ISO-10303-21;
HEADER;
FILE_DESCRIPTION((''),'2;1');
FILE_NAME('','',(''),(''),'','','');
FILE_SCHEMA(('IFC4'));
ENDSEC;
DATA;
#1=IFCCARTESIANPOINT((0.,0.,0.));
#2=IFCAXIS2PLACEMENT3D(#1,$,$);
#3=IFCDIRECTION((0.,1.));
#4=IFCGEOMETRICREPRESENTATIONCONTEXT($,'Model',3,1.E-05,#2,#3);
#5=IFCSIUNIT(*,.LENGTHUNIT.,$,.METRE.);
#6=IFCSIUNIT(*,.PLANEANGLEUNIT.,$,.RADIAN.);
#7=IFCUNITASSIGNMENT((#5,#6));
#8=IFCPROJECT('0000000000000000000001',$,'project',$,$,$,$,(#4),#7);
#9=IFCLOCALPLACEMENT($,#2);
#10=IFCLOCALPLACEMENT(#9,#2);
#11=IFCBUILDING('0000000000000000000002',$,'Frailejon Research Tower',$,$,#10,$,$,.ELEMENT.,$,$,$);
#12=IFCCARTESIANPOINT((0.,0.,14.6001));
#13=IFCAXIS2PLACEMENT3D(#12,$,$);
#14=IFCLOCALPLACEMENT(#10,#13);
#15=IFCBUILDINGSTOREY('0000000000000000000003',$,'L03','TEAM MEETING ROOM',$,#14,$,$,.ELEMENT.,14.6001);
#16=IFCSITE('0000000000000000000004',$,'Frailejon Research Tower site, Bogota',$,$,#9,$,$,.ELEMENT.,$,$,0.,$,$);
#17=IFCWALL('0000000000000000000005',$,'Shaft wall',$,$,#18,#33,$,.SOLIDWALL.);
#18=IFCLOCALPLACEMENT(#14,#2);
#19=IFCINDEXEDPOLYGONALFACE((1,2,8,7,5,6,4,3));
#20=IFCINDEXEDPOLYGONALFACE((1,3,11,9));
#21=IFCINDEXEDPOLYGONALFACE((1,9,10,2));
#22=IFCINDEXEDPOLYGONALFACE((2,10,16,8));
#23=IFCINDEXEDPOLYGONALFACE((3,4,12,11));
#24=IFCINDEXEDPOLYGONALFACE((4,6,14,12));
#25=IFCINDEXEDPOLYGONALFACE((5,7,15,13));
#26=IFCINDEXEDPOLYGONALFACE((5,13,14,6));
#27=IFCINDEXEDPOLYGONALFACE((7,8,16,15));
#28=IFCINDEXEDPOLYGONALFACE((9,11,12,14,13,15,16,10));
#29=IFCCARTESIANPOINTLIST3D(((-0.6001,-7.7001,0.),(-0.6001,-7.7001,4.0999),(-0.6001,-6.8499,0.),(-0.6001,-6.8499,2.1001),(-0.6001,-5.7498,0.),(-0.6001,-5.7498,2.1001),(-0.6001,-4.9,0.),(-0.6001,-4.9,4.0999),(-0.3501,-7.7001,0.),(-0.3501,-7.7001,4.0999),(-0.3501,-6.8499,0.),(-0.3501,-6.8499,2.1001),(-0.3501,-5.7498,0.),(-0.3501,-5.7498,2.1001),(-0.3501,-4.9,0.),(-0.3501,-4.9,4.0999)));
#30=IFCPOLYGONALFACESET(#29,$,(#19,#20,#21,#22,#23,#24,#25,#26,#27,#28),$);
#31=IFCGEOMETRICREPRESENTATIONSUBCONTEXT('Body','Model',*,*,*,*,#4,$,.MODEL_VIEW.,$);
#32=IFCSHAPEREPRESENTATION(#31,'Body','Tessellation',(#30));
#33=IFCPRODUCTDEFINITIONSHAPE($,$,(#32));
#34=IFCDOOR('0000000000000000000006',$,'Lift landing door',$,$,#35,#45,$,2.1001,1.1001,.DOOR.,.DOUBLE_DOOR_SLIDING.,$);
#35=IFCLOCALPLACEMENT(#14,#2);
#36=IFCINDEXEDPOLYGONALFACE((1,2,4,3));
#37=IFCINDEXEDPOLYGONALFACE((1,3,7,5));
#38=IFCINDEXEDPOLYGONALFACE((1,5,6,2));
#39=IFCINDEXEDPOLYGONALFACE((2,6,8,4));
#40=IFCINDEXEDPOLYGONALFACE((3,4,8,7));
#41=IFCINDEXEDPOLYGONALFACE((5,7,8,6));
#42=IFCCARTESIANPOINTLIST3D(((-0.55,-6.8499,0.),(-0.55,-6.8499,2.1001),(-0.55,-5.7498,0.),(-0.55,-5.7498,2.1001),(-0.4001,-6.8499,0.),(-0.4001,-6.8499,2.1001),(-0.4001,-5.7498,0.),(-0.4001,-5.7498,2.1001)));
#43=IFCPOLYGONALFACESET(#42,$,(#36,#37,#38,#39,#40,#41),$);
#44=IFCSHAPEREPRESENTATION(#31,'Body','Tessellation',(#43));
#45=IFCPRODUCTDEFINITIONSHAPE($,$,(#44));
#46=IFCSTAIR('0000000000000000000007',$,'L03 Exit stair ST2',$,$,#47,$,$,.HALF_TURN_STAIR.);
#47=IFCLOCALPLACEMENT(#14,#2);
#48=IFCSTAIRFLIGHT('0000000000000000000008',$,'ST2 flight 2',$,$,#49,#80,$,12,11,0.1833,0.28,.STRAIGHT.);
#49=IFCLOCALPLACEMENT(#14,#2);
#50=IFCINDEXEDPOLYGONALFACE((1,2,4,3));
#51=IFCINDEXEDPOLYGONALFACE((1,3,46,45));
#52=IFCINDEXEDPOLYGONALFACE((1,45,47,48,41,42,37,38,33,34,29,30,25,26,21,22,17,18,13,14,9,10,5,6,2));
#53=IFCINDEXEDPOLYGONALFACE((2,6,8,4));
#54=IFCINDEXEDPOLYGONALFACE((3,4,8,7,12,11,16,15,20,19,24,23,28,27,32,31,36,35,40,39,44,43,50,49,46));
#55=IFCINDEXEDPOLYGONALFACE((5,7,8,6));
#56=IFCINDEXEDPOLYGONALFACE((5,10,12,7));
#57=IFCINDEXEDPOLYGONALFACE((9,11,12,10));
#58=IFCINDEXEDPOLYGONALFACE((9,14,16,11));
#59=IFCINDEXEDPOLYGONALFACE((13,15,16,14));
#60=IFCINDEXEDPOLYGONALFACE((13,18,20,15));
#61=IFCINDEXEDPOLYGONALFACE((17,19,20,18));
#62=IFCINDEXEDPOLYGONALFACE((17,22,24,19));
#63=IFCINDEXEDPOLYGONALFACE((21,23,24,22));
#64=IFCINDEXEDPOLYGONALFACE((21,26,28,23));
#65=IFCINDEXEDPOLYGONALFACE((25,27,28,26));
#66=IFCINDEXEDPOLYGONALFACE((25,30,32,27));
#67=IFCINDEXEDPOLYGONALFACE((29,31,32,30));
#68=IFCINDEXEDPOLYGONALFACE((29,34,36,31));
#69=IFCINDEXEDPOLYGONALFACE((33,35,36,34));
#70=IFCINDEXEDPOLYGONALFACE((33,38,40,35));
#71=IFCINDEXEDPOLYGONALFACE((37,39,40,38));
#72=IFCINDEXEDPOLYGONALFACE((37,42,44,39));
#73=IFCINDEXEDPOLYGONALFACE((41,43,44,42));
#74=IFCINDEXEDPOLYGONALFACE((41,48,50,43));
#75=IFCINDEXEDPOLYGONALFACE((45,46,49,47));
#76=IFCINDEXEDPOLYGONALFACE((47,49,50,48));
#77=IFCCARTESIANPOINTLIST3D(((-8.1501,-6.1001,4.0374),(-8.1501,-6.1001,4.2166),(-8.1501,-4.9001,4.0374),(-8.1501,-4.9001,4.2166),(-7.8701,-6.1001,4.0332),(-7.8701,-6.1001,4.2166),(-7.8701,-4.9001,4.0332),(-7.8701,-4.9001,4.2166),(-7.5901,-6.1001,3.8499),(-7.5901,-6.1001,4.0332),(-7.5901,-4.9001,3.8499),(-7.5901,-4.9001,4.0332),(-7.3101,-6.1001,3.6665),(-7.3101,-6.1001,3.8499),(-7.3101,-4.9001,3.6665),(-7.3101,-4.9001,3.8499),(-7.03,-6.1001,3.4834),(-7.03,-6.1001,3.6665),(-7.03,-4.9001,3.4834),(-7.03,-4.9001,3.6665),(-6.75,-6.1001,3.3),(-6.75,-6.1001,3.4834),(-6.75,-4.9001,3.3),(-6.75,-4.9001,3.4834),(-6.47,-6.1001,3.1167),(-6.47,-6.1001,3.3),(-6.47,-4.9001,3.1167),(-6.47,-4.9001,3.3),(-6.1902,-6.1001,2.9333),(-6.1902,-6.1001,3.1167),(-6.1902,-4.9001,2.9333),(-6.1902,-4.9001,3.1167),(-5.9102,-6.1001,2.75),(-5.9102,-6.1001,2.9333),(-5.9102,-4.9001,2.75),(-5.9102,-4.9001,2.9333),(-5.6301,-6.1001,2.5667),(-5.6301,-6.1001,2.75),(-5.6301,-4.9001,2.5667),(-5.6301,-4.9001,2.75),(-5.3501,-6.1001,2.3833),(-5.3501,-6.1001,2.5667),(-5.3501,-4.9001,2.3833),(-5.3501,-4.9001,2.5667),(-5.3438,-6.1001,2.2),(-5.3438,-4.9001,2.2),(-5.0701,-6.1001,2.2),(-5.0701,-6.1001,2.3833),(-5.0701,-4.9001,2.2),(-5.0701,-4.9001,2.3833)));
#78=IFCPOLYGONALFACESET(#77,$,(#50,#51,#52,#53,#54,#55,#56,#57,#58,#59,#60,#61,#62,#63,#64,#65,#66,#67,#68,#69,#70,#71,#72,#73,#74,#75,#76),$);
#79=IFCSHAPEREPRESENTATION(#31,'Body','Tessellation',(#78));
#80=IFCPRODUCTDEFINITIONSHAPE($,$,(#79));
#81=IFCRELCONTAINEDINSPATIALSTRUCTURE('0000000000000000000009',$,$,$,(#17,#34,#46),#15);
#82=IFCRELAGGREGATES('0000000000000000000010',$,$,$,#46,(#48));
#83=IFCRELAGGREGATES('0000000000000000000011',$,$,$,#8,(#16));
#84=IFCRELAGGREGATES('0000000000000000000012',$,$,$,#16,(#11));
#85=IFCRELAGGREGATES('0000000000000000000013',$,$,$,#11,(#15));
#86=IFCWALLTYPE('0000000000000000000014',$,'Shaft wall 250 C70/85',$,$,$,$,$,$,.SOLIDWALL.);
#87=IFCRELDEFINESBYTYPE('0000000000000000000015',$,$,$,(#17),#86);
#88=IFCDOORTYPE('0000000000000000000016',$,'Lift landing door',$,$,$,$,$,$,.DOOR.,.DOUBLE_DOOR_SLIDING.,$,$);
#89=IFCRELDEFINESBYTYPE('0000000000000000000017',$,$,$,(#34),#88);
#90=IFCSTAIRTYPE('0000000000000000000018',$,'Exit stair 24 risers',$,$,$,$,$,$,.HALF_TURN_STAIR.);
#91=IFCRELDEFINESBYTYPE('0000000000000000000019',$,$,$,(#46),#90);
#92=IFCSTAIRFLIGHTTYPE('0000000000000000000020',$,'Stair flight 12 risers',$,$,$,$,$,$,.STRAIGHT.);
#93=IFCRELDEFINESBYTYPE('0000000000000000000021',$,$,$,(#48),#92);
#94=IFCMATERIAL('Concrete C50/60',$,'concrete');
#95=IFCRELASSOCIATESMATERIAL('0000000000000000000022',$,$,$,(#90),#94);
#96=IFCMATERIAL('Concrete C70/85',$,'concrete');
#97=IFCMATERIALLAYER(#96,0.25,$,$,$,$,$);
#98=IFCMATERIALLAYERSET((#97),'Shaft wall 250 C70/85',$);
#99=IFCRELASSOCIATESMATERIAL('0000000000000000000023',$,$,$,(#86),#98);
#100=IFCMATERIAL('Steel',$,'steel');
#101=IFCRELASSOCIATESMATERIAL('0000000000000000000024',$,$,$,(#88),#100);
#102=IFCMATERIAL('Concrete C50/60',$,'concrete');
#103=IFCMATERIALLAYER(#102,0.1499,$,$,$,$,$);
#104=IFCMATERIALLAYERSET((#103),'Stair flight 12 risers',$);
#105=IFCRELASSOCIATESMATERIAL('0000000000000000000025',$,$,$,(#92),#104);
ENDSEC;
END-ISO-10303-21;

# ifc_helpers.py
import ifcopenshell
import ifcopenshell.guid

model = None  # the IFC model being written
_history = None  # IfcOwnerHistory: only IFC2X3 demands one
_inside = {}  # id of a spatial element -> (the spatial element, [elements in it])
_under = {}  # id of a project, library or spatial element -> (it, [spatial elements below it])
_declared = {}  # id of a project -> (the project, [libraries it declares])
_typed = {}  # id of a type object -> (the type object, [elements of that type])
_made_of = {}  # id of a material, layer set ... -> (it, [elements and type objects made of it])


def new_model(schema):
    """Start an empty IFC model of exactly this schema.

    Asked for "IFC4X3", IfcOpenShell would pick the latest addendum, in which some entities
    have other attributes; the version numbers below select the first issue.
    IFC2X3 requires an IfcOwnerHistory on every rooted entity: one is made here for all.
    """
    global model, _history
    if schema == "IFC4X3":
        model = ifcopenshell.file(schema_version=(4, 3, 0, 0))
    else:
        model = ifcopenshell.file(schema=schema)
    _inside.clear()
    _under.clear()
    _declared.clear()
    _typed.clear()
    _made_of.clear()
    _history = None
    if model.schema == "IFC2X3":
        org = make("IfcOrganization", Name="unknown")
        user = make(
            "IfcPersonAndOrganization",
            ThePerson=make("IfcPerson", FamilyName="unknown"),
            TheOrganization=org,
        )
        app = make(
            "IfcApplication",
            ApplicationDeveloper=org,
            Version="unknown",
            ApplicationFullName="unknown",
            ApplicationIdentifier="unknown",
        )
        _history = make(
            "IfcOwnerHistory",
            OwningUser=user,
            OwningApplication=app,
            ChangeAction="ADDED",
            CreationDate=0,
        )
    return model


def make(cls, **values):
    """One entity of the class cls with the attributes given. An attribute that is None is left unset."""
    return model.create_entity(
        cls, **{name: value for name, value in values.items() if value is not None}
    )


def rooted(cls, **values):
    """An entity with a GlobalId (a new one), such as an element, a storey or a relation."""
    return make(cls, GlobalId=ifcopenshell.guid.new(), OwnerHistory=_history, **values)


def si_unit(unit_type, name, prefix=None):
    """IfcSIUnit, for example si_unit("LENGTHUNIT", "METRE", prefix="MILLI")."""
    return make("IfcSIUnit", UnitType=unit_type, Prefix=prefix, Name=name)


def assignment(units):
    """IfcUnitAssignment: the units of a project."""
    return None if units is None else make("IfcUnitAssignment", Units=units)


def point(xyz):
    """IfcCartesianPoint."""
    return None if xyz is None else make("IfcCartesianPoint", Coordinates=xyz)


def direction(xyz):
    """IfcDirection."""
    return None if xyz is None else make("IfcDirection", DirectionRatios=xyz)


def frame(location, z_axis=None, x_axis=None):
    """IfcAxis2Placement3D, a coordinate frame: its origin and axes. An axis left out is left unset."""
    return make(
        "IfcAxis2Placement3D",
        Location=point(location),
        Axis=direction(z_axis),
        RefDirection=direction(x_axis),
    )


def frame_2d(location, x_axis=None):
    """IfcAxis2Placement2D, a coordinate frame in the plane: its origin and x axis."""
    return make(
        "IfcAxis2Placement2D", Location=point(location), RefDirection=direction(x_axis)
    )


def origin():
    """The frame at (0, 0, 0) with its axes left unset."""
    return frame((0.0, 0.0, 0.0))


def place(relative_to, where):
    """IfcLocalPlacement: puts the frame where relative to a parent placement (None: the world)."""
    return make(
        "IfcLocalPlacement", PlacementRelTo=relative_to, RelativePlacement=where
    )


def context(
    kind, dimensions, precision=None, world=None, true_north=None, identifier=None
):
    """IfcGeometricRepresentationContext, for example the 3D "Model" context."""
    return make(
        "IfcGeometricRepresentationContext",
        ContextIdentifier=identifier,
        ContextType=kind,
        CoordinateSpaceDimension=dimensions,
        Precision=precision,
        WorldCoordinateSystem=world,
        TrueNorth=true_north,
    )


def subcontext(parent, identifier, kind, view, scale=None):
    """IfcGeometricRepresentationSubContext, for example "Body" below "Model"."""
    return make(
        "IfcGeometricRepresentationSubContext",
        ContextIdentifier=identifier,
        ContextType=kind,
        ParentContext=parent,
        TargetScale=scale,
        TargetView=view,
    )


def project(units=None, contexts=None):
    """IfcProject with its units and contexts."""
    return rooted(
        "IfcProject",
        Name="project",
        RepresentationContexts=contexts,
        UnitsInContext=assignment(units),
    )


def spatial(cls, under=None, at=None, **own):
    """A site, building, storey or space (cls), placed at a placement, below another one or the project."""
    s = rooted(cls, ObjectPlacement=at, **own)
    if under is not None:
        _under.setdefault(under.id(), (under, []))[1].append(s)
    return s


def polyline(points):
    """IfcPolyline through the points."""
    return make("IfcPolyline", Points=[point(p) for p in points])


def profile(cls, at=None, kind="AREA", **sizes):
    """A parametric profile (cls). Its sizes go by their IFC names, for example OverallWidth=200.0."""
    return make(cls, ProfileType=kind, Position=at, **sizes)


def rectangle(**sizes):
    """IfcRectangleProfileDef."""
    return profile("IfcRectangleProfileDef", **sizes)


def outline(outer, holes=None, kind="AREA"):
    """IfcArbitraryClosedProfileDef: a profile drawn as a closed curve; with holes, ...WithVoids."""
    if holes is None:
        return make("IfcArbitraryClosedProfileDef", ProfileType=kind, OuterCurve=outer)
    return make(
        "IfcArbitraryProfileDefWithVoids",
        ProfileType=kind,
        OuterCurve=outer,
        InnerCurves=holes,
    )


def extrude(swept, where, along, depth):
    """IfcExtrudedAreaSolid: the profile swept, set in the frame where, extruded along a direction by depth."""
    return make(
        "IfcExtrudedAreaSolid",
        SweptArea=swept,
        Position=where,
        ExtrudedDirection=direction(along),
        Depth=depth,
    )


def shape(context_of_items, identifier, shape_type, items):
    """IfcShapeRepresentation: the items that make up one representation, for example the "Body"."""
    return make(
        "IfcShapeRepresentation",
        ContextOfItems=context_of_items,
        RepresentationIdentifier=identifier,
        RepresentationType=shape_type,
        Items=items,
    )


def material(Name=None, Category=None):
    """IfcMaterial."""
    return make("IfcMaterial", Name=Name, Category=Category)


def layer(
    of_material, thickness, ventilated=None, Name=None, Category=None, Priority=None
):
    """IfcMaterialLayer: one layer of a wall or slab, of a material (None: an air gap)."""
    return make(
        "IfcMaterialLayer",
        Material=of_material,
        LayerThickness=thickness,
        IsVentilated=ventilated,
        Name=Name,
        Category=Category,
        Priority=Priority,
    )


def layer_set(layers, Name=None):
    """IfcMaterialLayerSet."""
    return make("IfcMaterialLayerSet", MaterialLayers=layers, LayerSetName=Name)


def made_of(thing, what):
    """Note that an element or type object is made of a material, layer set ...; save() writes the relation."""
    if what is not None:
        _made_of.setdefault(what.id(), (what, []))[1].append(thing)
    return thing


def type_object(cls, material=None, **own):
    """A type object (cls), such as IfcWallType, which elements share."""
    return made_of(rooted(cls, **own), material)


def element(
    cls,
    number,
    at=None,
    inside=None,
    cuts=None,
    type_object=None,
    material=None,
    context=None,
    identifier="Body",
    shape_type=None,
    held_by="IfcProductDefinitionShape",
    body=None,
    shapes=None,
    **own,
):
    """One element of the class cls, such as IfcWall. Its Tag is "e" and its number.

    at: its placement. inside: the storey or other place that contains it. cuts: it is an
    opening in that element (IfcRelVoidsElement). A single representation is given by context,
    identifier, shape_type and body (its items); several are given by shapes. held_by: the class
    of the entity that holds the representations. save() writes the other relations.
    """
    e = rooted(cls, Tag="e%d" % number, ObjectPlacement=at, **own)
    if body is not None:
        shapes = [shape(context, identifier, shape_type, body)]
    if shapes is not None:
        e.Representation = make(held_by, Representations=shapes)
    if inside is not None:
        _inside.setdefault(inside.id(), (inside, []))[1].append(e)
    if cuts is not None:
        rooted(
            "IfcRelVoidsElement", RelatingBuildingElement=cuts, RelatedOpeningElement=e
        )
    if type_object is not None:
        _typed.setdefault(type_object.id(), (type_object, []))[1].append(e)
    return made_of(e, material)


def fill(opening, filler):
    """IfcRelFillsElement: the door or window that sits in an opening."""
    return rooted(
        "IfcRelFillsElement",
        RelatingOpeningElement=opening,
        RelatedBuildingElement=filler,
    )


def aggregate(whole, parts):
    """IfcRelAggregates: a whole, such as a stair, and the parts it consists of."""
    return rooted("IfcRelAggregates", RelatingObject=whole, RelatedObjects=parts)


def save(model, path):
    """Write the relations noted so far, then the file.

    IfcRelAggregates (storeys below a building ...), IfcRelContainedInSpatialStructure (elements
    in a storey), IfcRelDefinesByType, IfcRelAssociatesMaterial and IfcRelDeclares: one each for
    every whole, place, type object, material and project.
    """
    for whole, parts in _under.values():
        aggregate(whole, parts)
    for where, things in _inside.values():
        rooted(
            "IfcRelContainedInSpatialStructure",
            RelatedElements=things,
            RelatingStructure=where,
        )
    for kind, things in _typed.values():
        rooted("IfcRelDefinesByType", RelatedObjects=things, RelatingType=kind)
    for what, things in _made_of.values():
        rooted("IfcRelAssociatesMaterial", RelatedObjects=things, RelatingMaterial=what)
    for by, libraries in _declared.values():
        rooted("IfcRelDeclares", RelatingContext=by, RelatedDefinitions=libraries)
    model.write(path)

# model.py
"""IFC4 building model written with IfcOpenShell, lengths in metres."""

from ifc_helpers import new_model, si_unit, direction, frame, frame_2d, origin, place, context, subcontext, project, spatial, polyline, rectangle, outline, extrude, material, layer, layer_set, type_object, element, fill, aggregate, save


model = new_model("IFC4")

# Units and contexts
model_context = context("Model", 3, precision=1e-05, world=origin(), true_north=direction((0.0, 1.0)))
body_context = subcontext(model_context, "Body", "Model", "MODEL_VIEW")
ifc_project = project(units=[si_unit("LENGTHUNIT", "METRE"), si_unit("PLANEANGLEUNIT", "RADIAN")], contexts=[model_context])

# Site, building, storey
site_placement = place(None, origin())
site = spatial("IfcSite", under=ifc_project, at=site_placement, Name="Frailejon Research Tower site, Bogota", CompositionType="ELEMENT", RefElevation=0.0)
building_placement = place(site_placement, origin())
building = spatial("IfcBuilding", under=site, at=building_placement, Name="Frailejon Research Tower", CompositionType="ELEMENT")
storey_placement = place(building_placement, frame((0.0, 0.0, 14.6001)))
storey = spatial("IfcBuildingStorey", under=building, at=storey_placement, Name="L03", Description="TEAM MEETING ROOM", CompositionType="ELEMENT", Elevation=14.6001)

# Shared definitions
ifc_material_1 = material(Name="Concrete C50/60", Category="concrete")
stair_type = type_object("IfcStairType", Name="Exit stair 24 risers", PredefinedType="HALF_TURN_STAIR", material=ifc_material_1)

# Shared definitions
ifc_material_2 = material(Name="Concrete C70/85", Category="concrete")
ifc_layer_1 = layer(ifc_material_2, 0.25)
ifc_layer_set_1 = layer_set([ifc_layer_1], Name="Shaft wall 250 C70/85")
wall_type_1 = type_object("IfcWallType", Name="Shaft wall 250 C70/85", PredefinedType="SOLIDWALL", material=ifc_layer_set_1)

# Wall, opening, door
wall_1_placement = place(storey_placement, frame((-0.4751, -7.7, 0.0), z_axis=(0.0, 0.0, 1.0), x_axis=(0.0, 1.0, 0.0)))
wall_1 = element("IfcWall", 1, at=wall_1_placement, inside=storey, type_object=wall_type_1, Name="Shaft wall", PredefinedType="SOLIDWALL", context=body_context, shape_type="SweptSolid", body=[
    extrude(rectangle(XDim=2.8, YDim=0.25, at=frame_2d((1.3999, 0.0))), origin(), (0.0, 0.0, 1.0), 4.0999),
])
opening_placement = place(wall_1_placement, frame((0.8501, 0.0, 0.0)))
opening = element("IfcOpeningElement", 2, at=opening_placement, cuts=wall_1, PredefinedType="OPENING", context=body_context, shape_type="SweptSolid", body=[
    extrude(rectangle(XDim=1.1001, YDim=2.1001, at=frame_2d((0.55, 1.05))), frame((0.0, 0.135, 0.0), z_axis=(0.0, -1.0, 0.0), x_axis=(1.0, 0.0, 0.0)), (0.0, 0.0, 1.0), 0.27),
])
ifc_material_3 = material(Name="Steel", Category="steel")
door_type = type_object("IfcDoorType", Name="Lift landing door", OperationType="DOUBLE_DOOR_SLIDING", PredefinedType="DOOR", material=ifc_material_3)
door_placement = place(opening_placement, origin())
door = element("IfcDoor", 3, at=door_placement, inside=storey, type_object=door_type, Name="Lift landing door", OperationType="DOUBLE_DOOR_SLIDING", OverallHeight=2.1001, OverallWidth=1.1001, PredefinedType="DOOR", context=body_context, shape_type="SweptSolid", body=[
    extrude(rectangle(XDim=1.1001, YDim=2.1001, at=frame_2d((0.55, 1.05))), frame((0.0, 0.075, 0.0), z_axis=(0.0, -1.0, 0.0), x_axis=(1.0, 0.0, 0.0)), (0.0, 0.0, 1.0), 0.1499),
])
fill(opening, door)

# Stair, stair flight
stair_1_placement = place(storey_placement, origin())
stair_1 = element("IfcStair", 4, at=stair_1_placement, inside=storey, type_object=stair_type, Name="L03 Exit stair ST2", PredefinedType="HALF_TURN_STAIR")
ifc_material_4 = material(Name="Concrete C50/60", Category="concrete")
ifc_layer_2 = layer(ifc_material_4, 0.1499)
ifc_layer_set_2 = layer_set([ifc_layer_2], Name="Stair flight 12 risers")
stair_flight_type = type_object("IfcStairFlightType", Name="Stair flight 12 risers", PredefinedType="STRAIGHT", material=ifc_layer_set_2)
stair_flight_placement = place(storey_placement, frame((-5.0701, -5.5, 2.2), z_axis=(0.0, 0.0, 1.0), x_axis=(-1.0, 0.0, 0.0)))
stair_flight = element("IfcStairFlight", 5, at=stair_flight_placement, type_object=stair_flight_type, Name="ST2 flight 2", NumberOfRisers=12, NumberOfTreads=11, PredefinedType="STRAIGHT", RiserHeight=0.1833, TreadLength=0.28, context=body_context, shape_type="SweptSolid", body=[
    extrude(outline(polyline([(0.0, 0.0), (0.0, 0.1833), (0.28, 0.1833), (0.28, 0.3667), (0.5601, 0.3667), (0.5601, 0.55), (0.8401, 0.55), (0.8401, 0.7334), (1.1201, 0.7334), (1.1201, 0.9167), (1.3999, 0.9167), (1.3999, 1.1001), (1.6799, 1.1001), (1.6799, 1.2834), (1.96, 1.2834), (1.96, 1.4666), (2.24, 1.4666), (2.24, 1.6499), (2.52, 1.6499), (2.52, 1.8333), (2.8, 1.8333), (2.8, 2.0166), (3.0801, 2.0166), (3.0801, 2.2), (3.0801, 1.8374), (0.2737, 0.0), (0.0, 0.0)])), frame((0.0, 0.6001, 0.0), z_axis=(0.0, -1.0, 0.0), x_axis=(1.0, 0.0, 0.0)), (0.0, 0.0, 1.0), 1.2),
])
aggregate(stair_1, [stair_flight])

save(model, "model.ifc")
